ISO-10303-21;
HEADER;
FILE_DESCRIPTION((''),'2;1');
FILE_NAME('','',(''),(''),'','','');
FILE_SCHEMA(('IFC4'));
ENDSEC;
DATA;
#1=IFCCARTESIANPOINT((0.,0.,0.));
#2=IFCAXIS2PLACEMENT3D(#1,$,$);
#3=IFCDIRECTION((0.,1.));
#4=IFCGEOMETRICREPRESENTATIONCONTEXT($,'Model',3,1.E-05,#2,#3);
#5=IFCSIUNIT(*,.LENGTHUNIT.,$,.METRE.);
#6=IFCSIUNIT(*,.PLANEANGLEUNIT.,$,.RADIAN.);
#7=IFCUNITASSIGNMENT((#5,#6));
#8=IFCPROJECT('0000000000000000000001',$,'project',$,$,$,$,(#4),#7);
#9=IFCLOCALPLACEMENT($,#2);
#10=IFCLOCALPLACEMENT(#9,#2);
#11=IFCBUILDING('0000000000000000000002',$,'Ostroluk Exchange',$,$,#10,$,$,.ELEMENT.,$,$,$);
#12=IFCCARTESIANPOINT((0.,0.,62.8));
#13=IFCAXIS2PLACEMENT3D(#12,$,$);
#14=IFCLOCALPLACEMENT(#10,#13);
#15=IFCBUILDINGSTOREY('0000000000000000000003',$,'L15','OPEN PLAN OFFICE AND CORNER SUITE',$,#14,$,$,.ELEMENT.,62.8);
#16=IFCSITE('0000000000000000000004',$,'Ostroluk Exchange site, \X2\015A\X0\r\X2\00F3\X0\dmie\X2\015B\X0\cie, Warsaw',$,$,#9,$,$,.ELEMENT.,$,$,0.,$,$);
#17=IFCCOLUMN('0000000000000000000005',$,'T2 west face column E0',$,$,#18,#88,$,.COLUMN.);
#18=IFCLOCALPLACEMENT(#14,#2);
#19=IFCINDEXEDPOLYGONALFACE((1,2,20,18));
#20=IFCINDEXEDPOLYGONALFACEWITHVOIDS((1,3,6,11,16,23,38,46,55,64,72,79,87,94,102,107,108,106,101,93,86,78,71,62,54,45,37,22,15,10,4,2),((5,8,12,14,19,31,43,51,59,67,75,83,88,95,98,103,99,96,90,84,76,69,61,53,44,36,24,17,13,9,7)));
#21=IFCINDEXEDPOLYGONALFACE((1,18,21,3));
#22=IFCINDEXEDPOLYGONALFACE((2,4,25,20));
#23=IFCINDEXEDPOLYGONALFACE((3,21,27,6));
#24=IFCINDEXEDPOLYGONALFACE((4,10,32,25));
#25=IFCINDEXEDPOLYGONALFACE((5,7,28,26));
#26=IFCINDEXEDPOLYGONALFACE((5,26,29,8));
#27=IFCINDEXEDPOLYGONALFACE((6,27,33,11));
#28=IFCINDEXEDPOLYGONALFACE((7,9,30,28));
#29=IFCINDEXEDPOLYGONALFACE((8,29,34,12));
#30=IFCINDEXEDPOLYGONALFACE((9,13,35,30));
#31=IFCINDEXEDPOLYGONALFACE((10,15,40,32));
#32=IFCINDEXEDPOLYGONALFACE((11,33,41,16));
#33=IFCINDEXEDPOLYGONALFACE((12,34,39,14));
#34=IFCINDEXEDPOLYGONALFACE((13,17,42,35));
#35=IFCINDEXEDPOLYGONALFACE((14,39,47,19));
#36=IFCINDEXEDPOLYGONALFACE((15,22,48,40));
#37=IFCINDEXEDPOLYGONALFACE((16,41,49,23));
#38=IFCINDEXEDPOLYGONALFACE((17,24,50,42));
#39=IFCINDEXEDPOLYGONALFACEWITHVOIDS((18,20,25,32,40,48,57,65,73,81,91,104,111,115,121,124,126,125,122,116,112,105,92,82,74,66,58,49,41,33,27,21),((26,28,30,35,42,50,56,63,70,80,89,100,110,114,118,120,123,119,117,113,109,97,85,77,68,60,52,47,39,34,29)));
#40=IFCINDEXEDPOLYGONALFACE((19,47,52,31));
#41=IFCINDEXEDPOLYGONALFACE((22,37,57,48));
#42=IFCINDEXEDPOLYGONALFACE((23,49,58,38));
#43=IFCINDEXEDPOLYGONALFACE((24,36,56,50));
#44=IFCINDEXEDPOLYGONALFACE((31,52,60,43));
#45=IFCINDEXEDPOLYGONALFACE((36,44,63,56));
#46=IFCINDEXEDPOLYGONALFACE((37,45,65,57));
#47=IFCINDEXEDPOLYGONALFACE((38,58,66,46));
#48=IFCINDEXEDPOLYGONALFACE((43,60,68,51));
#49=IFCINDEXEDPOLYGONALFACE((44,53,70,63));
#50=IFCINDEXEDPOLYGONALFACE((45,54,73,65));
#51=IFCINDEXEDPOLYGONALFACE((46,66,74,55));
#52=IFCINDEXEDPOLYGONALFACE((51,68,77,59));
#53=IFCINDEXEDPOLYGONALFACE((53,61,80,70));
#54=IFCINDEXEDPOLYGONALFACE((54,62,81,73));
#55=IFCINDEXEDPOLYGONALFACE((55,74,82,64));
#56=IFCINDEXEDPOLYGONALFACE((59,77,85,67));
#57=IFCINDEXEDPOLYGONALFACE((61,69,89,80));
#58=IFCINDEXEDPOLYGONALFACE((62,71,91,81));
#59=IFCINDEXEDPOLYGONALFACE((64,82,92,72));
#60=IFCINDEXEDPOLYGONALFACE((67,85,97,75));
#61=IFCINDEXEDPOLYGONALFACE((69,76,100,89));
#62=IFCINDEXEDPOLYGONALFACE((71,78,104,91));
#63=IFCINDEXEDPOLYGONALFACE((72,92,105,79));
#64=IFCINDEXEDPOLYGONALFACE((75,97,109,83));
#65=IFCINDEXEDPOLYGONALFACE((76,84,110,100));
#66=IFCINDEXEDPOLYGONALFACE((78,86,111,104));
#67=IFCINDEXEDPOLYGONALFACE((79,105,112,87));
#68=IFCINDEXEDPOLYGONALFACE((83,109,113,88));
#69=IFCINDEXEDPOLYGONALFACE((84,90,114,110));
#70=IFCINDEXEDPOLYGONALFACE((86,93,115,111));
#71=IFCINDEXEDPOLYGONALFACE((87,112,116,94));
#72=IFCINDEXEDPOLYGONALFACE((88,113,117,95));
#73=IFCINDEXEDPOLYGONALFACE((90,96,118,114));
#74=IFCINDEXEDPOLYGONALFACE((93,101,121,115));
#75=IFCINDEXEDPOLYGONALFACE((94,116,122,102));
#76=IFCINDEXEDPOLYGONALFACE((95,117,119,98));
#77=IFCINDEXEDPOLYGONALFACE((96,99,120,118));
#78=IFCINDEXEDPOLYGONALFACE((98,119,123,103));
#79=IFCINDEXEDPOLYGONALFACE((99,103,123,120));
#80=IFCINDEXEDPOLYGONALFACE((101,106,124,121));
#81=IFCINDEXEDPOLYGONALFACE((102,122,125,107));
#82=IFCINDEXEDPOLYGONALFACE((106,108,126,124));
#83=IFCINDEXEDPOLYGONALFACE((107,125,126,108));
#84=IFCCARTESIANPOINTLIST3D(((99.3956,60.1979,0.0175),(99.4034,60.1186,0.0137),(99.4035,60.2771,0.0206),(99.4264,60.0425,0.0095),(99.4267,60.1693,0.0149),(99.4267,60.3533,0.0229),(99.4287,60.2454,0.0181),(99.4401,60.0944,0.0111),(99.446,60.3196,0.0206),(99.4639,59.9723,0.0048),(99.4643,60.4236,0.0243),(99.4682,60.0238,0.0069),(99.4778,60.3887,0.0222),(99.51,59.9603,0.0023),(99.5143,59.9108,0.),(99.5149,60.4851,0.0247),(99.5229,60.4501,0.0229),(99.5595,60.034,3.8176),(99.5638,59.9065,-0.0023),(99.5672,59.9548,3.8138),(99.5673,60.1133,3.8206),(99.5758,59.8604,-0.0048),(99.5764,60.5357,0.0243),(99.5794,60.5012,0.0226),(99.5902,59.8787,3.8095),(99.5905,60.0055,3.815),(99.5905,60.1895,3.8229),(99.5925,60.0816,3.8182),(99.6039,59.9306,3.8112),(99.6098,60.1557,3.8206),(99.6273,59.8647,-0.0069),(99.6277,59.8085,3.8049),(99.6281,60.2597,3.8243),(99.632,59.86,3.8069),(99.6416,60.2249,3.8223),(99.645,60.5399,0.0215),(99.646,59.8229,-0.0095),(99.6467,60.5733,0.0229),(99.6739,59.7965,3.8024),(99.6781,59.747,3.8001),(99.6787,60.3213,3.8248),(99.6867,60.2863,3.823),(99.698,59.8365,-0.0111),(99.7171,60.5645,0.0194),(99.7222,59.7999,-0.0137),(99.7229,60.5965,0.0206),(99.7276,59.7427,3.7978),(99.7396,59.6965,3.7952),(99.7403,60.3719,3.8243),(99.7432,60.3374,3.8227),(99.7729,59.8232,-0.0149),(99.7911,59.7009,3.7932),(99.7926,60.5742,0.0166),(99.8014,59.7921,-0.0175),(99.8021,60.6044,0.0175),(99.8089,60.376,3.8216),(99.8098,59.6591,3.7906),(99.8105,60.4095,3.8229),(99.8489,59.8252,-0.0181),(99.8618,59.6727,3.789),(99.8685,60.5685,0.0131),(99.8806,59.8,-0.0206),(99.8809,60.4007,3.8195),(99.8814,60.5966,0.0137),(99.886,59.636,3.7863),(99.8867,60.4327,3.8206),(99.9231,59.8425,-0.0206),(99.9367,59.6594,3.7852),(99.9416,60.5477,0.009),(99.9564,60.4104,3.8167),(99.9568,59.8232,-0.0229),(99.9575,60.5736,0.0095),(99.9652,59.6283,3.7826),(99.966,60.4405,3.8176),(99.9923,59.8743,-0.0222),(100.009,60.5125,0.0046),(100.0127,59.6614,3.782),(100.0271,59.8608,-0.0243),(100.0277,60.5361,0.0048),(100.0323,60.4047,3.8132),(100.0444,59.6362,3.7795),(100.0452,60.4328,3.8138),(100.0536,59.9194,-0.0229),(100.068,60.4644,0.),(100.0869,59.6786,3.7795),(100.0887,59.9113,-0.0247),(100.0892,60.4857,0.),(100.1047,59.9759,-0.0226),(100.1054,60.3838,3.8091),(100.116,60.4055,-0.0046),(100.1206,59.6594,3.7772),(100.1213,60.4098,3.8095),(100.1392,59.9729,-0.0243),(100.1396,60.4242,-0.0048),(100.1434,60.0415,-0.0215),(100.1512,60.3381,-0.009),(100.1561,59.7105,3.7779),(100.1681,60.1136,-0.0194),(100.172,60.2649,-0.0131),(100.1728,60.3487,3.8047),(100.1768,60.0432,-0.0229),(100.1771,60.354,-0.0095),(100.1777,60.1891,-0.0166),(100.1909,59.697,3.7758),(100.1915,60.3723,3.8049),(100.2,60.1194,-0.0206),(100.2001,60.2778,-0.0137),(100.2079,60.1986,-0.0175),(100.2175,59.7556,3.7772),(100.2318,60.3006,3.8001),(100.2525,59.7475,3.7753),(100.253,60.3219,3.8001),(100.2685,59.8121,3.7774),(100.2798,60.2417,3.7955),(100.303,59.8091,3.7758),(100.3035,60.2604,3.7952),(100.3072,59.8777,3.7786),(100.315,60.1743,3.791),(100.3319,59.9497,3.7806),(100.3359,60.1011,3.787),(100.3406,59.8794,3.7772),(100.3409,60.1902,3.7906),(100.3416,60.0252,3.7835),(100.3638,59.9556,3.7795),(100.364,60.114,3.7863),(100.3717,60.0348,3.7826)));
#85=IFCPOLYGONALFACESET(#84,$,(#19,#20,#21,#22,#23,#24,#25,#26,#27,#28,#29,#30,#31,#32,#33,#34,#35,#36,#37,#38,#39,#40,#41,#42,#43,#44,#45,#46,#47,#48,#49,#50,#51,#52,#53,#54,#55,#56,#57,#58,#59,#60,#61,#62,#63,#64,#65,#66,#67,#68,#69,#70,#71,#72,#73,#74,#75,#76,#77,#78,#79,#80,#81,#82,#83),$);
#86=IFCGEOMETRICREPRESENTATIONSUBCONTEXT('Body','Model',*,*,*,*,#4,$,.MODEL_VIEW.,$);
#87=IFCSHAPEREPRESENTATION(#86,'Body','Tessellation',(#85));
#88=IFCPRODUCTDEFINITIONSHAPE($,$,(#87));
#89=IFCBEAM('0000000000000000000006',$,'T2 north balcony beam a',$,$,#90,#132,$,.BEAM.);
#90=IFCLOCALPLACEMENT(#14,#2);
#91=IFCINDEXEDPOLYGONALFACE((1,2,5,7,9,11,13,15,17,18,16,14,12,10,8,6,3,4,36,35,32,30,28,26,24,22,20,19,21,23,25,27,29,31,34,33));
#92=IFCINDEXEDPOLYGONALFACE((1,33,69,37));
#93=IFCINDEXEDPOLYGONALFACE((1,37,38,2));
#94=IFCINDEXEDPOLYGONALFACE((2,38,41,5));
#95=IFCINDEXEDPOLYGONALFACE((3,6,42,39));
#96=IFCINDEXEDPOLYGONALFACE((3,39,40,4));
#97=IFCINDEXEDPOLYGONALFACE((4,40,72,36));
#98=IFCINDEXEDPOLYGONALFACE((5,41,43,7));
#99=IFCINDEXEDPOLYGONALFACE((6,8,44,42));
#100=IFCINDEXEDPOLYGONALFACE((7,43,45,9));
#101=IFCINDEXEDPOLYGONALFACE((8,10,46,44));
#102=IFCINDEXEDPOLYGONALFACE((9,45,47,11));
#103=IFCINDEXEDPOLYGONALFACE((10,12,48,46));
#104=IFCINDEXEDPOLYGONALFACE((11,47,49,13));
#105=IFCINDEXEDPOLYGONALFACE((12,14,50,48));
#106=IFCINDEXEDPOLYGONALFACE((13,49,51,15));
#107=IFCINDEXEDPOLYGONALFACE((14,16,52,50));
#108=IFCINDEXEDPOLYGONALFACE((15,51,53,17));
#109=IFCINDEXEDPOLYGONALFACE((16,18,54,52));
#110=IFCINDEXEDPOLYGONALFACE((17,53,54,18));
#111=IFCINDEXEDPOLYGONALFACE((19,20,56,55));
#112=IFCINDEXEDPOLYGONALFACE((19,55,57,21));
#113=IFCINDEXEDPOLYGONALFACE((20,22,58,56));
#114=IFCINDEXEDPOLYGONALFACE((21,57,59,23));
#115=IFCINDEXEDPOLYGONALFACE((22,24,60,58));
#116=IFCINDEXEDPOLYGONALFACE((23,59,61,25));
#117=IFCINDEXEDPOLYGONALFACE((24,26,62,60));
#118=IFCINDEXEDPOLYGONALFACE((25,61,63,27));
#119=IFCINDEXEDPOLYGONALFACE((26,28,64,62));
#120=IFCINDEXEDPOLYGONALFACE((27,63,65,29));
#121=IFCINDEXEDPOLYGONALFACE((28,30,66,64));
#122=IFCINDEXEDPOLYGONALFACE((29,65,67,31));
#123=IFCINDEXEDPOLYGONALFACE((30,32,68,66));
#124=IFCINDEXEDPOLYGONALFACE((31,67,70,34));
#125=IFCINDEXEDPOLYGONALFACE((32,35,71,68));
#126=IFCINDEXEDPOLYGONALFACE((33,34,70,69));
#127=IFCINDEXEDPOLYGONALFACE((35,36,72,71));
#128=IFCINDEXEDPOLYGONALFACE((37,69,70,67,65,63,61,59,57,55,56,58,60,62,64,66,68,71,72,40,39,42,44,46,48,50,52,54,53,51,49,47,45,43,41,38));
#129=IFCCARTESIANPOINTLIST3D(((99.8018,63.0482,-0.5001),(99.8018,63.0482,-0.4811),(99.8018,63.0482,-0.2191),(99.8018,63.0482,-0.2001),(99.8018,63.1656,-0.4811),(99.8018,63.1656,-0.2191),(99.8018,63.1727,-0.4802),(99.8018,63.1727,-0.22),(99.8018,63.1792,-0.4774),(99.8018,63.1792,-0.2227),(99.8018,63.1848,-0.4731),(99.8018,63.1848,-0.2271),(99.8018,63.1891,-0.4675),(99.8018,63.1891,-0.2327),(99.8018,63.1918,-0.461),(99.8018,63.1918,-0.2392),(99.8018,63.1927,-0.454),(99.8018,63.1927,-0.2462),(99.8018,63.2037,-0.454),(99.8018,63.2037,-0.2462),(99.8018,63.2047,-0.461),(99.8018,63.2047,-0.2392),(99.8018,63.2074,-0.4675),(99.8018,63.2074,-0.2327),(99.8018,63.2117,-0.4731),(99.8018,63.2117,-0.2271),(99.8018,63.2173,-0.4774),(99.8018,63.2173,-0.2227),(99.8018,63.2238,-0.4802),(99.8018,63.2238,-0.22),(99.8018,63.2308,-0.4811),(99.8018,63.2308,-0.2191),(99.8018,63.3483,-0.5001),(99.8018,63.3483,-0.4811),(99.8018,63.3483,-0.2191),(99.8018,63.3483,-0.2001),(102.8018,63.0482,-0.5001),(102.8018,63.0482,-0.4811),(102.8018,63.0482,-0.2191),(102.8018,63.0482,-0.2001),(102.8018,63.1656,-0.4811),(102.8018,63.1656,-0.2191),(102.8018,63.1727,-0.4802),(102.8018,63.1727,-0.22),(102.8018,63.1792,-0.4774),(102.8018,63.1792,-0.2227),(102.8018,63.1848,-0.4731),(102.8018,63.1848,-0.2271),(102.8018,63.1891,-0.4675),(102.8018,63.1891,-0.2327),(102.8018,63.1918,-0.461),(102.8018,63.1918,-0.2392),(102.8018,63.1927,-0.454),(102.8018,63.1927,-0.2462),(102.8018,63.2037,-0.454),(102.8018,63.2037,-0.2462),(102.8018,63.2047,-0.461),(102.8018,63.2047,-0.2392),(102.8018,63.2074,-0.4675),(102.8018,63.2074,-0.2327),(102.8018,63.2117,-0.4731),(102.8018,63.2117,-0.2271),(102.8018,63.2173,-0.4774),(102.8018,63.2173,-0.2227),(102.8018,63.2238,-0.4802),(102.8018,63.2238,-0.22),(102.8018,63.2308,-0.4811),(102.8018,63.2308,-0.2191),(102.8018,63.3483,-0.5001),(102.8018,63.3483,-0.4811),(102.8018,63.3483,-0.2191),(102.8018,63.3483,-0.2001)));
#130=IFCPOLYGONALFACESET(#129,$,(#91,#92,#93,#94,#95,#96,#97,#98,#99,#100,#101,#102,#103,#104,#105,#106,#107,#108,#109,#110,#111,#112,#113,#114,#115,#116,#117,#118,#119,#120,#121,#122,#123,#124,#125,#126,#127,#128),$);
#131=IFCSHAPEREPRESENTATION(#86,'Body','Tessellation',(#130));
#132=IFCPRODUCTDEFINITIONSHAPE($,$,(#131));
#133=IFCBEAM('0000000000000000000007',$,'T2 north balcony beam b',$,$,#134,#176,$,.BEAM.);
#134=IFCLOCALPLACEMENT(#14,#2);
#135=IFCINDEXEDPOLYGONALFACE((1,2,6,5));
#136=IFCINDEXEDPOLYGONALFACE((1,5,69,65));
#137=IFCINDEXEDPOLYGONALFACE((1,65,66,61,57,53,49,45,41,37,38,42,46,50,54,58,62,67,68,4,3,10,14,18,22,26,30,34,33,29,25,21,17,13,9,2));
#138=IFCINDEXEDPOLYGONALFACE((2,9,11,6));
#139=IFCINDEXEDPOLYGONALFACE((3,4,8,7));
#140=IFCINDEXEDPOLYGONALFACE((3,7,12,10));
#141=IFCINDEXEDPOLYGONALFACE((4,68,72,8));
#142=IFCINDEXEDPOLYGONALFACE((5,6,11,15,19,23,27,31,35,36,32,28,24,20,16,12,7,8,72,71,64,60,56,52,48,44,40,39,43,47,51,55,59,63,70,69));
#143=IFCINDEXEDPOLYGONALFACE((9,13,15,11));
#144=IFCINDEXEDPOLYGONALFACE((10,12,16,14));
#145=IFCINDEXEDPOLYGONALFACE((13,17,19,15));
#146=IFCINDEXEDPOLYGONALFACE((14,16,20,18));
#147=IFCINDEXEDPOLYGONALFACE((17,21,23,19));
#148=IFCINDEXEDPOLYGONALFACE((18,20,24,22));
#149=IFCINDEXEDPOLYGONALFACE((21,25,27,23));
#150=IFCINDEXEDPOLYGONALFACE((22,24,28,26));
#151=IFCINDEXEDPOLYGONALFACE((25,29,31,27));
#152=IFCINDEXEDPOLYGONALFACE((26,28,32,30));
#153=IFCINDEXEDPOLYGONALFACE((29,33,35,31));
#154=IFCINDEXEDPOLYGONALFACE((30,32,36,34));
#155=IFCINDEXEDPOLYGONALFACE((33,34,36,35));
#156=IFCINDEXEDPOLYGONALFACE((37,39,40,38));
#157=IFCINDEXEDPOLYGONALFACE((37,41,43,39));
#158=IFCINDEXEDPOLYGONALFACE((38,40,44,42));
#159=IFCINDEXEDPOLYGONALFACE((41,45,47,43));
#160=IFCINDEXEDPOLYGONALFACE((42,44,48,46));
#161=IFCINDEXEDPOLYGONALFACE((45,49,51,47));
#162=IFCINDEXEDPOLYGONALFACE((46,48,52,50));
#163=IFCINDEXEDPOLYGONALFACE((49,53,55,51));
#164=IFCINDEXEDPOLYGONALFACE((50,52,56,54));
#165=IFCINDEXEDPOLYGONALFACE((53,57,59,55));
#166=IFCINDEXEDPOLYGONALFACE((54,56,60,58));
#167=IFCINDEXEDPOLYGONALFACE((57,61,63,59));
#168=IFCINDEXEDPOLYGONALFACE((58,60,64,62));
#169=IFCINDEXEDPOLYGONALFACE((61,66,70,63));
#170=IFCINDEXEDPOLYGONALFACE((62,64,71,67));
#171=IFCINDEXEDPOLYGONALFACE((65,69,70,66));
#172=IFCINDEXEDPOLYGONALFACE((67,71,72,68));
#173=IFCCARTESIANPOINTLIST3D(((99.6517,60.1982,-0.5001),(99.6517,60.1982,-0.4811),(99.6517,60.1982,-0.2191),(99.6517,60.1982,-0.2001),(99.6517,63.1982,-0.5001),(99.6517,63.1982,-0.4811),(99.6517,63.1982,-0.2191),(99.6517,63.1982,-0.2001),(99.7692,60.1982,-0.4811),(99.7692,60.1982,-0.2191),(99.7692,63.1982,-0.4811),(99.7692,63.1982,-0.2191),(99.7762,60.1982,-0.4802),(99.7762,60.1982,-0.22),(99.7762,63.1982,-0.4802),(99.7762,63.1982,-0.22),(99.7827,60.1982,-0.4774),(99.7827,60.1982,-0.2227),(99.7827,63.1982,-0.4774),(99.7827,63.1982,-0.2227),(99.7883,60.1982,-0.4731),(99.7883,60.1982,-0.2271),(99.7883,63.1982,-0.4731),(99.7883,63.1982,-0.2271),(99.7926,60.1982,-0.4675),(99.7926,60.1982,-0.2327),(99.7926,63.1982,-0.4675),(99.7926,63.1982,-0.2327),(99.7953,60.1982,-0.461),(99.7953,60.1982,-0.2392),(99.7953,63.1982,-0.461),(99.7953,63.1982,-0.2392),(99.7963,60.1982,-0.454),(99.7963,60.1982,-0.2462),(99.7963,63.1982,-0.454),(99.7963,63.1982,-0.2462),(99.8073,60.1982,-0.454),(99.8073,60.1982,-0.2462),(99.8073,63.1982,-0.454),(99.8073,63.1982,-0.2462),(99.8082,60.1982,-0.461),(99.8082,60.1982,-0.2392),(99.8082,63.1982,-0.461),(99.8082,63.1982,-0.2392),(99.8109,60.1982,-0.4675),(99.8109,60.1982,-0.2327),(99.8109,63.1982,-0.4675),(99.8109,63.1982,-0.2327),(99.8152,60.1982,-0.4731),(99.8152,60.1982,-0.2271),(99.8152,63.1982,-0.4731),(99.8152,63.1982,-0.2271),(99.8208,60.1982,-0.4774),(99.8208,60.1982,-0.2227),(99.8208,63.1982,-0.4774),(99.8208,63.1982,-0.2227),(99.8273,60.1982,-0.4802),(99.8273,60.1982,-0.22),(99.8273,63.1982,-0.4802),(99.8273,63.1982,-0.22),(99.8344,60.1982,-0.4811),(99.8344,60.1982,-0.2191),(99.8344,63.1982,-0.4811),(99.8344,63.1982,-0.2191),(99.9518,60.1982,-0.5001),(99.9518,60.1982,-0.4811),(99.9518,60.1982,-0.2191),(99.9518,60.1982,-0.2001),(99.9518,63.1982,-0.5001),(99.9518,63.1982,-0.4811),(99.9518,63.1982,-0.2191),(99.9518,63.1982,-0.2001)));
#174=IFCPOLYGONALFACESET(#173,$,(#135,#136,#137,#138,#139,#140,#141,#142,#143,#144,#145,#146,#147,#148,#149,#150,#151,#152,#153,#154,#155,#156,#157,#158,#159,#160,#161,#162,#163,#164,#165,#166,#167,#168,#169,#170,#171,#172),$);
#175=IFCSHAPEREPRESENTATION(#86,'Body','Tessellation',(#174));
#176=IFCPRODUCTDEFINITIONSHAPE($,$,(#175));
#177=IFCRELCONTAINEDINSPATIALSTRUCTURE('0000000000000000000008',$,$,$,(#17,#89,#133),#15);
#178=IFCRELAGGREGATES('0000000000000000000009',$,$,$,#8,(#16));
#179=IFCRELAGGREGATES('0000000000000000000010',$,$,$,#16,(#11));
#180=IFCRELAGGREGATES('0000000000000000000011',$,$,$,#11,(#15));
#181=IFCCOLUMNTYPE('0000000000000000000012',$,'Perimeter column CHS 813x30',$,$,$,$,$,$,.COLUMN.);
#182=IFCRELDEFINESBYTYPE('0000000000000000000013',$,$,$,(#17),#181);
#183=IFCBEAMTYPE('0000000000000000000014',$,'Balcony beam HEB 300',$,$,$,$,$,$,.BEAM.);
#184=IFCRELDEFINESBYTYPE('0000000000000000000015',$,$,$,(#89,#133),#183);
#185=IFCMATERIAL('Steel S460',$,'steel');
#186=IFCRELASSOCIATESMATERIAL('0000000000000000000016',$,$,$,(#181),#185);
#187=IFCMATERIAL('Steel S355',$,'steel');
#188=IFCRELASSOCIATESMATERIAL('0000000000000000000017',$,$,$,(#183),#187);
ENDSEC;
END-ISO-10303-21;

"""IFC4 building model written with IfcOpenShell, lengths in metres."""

from ifc_helpers import new_model, si_unit, direction, frame, origin, origin_2d, place, context, subcontext, project, spatial, hollow_circle, i_section, extrude, material, material_profile, profile_set, type_object, element, save


model = new_model("IFC4")

# Units and contexts
model_context = context("Model", 3, precision=1e-05, world=origin(), true_north=direction((0.0, 1.0)))
body_context = subcontext(model_context, "Body", "Model", "MODEL_VIEW")
ifc_project = project(units=[si_unit("LENGTHUNIT", "METRE"), si_unit("PLANEANGLEUNIT", "RADIAN")], contexts=[model_context])

# Site, building, storey
site_placement = place(None, origin())
site = spatial("IfcSite", under=ifc_project, at=site_placement, Name="Ostroluk Exchange site, Śródmieście, Warsaw", CompositionType="ELEMENT", RefElevation=0.0)
building_placement = place(site_placement, origin())
building = spatial("IfcBuilding", under=site, at=building_placement, Name="Ostroluk Exchange", CompositionType="ELEMENT")
storey_placement = place(building_placement, frame((0.0, 0.0, 62.8)))
storey = spatial("IfcBuildingStorey", under=building, at=storey_placement, Name="L15", Description="OPEN PLAN OFFICE AND CORNER SUITE", CompositionType="ELEMENT", Elevation=62.8)

# Column
ifc_material_1 = material(Name="Steel S460", Category="steel")
ifc_material_profile_1 = material_profile(ifc_material_1, hollow_circle(Radius=0.4065, WallThickness=0.03, at=origin_2d()), Name="CHS 813x30")
ifc_profile_set_1 = profile_set([ifc_material_profile_1], Name="Steel S460")
column_type = type_object("IfcColumnType", Name="Perimeter column CHS 813x30", PredefinedType="COLUMN", material=ifc_profile_set_1)
column_1_placement = place(storey_placement, frame((99.8018, 60.1982, 0.0), z_axis=(0.04303, -0.04303, 0.998147), x_axis=(0.707107, 0.707107, 0.0)))
element("IfcColumn", 1, at=column_1_placement, inside=storey, type_object=column_type, Name="T2 west face column E0", PredefinedType="COLUMN", context=body_context, shape_type="SweptSolid", body=[
    extrude(hollow_circle(Radius=0.4065, WallThickness=0.03, at=origin_2d()), origin(), (0.0, 0.0, 1.0), 3.8071),
])

# Beams
ifc_material_2 = material(Name="Steel S355", Category="steel")
ifc_material_profile_2 = material_profile(ifc_material_2, i_section(OverallWidth=0.3, OverallDepth=0.3, WebThickness=0.011, FlangeThickness=0.019, FilletRadius=0.0271, at=origin_2d()), Name="HEB 300")
ifc_profile_set_2 = profile_set([ifc_material_profile_2], Name="Steel S355")
beam_type_1 = type_object("IfcBeamType", Name="Balcony beam HEB 300", PredefinedType="BEAM", material=ifc_profile_set_2)
for number, where, z_axis, x_axis, name in (
    (2, (102.8018, 63.1982, -0.3501), (-1.0, 0.0, 0.0), (0.0, -1.0, 0.0), "T2 north balcony beam a"),
    (3, (99.8018, 60.1982, -0.3501), (0.0, 1.0, 0.0), (-1.0, 0.0, 0.0), "T2 north balcony beam b"),
):
    element("IfcBeam", number, at=place(storey_placement, frame(where, z_axis=z_axis, x_axis=x_axis)), inside=storey, type_object=beam_type_1, Name=name, PredefinedType="BEAM", context=body_context, shape_type="SweptSolid", body=[
        extrude(i_section(OverallWidth=0.3, OverallDepth=0.3, WebThickness=0.011, FlangeThickness=0.019, FilletRadius=0.0271, at=origin_2d()), origin(), (0.0, 0.0, 1.0), 3.0),
    ])

save(model, "model.ifc")
